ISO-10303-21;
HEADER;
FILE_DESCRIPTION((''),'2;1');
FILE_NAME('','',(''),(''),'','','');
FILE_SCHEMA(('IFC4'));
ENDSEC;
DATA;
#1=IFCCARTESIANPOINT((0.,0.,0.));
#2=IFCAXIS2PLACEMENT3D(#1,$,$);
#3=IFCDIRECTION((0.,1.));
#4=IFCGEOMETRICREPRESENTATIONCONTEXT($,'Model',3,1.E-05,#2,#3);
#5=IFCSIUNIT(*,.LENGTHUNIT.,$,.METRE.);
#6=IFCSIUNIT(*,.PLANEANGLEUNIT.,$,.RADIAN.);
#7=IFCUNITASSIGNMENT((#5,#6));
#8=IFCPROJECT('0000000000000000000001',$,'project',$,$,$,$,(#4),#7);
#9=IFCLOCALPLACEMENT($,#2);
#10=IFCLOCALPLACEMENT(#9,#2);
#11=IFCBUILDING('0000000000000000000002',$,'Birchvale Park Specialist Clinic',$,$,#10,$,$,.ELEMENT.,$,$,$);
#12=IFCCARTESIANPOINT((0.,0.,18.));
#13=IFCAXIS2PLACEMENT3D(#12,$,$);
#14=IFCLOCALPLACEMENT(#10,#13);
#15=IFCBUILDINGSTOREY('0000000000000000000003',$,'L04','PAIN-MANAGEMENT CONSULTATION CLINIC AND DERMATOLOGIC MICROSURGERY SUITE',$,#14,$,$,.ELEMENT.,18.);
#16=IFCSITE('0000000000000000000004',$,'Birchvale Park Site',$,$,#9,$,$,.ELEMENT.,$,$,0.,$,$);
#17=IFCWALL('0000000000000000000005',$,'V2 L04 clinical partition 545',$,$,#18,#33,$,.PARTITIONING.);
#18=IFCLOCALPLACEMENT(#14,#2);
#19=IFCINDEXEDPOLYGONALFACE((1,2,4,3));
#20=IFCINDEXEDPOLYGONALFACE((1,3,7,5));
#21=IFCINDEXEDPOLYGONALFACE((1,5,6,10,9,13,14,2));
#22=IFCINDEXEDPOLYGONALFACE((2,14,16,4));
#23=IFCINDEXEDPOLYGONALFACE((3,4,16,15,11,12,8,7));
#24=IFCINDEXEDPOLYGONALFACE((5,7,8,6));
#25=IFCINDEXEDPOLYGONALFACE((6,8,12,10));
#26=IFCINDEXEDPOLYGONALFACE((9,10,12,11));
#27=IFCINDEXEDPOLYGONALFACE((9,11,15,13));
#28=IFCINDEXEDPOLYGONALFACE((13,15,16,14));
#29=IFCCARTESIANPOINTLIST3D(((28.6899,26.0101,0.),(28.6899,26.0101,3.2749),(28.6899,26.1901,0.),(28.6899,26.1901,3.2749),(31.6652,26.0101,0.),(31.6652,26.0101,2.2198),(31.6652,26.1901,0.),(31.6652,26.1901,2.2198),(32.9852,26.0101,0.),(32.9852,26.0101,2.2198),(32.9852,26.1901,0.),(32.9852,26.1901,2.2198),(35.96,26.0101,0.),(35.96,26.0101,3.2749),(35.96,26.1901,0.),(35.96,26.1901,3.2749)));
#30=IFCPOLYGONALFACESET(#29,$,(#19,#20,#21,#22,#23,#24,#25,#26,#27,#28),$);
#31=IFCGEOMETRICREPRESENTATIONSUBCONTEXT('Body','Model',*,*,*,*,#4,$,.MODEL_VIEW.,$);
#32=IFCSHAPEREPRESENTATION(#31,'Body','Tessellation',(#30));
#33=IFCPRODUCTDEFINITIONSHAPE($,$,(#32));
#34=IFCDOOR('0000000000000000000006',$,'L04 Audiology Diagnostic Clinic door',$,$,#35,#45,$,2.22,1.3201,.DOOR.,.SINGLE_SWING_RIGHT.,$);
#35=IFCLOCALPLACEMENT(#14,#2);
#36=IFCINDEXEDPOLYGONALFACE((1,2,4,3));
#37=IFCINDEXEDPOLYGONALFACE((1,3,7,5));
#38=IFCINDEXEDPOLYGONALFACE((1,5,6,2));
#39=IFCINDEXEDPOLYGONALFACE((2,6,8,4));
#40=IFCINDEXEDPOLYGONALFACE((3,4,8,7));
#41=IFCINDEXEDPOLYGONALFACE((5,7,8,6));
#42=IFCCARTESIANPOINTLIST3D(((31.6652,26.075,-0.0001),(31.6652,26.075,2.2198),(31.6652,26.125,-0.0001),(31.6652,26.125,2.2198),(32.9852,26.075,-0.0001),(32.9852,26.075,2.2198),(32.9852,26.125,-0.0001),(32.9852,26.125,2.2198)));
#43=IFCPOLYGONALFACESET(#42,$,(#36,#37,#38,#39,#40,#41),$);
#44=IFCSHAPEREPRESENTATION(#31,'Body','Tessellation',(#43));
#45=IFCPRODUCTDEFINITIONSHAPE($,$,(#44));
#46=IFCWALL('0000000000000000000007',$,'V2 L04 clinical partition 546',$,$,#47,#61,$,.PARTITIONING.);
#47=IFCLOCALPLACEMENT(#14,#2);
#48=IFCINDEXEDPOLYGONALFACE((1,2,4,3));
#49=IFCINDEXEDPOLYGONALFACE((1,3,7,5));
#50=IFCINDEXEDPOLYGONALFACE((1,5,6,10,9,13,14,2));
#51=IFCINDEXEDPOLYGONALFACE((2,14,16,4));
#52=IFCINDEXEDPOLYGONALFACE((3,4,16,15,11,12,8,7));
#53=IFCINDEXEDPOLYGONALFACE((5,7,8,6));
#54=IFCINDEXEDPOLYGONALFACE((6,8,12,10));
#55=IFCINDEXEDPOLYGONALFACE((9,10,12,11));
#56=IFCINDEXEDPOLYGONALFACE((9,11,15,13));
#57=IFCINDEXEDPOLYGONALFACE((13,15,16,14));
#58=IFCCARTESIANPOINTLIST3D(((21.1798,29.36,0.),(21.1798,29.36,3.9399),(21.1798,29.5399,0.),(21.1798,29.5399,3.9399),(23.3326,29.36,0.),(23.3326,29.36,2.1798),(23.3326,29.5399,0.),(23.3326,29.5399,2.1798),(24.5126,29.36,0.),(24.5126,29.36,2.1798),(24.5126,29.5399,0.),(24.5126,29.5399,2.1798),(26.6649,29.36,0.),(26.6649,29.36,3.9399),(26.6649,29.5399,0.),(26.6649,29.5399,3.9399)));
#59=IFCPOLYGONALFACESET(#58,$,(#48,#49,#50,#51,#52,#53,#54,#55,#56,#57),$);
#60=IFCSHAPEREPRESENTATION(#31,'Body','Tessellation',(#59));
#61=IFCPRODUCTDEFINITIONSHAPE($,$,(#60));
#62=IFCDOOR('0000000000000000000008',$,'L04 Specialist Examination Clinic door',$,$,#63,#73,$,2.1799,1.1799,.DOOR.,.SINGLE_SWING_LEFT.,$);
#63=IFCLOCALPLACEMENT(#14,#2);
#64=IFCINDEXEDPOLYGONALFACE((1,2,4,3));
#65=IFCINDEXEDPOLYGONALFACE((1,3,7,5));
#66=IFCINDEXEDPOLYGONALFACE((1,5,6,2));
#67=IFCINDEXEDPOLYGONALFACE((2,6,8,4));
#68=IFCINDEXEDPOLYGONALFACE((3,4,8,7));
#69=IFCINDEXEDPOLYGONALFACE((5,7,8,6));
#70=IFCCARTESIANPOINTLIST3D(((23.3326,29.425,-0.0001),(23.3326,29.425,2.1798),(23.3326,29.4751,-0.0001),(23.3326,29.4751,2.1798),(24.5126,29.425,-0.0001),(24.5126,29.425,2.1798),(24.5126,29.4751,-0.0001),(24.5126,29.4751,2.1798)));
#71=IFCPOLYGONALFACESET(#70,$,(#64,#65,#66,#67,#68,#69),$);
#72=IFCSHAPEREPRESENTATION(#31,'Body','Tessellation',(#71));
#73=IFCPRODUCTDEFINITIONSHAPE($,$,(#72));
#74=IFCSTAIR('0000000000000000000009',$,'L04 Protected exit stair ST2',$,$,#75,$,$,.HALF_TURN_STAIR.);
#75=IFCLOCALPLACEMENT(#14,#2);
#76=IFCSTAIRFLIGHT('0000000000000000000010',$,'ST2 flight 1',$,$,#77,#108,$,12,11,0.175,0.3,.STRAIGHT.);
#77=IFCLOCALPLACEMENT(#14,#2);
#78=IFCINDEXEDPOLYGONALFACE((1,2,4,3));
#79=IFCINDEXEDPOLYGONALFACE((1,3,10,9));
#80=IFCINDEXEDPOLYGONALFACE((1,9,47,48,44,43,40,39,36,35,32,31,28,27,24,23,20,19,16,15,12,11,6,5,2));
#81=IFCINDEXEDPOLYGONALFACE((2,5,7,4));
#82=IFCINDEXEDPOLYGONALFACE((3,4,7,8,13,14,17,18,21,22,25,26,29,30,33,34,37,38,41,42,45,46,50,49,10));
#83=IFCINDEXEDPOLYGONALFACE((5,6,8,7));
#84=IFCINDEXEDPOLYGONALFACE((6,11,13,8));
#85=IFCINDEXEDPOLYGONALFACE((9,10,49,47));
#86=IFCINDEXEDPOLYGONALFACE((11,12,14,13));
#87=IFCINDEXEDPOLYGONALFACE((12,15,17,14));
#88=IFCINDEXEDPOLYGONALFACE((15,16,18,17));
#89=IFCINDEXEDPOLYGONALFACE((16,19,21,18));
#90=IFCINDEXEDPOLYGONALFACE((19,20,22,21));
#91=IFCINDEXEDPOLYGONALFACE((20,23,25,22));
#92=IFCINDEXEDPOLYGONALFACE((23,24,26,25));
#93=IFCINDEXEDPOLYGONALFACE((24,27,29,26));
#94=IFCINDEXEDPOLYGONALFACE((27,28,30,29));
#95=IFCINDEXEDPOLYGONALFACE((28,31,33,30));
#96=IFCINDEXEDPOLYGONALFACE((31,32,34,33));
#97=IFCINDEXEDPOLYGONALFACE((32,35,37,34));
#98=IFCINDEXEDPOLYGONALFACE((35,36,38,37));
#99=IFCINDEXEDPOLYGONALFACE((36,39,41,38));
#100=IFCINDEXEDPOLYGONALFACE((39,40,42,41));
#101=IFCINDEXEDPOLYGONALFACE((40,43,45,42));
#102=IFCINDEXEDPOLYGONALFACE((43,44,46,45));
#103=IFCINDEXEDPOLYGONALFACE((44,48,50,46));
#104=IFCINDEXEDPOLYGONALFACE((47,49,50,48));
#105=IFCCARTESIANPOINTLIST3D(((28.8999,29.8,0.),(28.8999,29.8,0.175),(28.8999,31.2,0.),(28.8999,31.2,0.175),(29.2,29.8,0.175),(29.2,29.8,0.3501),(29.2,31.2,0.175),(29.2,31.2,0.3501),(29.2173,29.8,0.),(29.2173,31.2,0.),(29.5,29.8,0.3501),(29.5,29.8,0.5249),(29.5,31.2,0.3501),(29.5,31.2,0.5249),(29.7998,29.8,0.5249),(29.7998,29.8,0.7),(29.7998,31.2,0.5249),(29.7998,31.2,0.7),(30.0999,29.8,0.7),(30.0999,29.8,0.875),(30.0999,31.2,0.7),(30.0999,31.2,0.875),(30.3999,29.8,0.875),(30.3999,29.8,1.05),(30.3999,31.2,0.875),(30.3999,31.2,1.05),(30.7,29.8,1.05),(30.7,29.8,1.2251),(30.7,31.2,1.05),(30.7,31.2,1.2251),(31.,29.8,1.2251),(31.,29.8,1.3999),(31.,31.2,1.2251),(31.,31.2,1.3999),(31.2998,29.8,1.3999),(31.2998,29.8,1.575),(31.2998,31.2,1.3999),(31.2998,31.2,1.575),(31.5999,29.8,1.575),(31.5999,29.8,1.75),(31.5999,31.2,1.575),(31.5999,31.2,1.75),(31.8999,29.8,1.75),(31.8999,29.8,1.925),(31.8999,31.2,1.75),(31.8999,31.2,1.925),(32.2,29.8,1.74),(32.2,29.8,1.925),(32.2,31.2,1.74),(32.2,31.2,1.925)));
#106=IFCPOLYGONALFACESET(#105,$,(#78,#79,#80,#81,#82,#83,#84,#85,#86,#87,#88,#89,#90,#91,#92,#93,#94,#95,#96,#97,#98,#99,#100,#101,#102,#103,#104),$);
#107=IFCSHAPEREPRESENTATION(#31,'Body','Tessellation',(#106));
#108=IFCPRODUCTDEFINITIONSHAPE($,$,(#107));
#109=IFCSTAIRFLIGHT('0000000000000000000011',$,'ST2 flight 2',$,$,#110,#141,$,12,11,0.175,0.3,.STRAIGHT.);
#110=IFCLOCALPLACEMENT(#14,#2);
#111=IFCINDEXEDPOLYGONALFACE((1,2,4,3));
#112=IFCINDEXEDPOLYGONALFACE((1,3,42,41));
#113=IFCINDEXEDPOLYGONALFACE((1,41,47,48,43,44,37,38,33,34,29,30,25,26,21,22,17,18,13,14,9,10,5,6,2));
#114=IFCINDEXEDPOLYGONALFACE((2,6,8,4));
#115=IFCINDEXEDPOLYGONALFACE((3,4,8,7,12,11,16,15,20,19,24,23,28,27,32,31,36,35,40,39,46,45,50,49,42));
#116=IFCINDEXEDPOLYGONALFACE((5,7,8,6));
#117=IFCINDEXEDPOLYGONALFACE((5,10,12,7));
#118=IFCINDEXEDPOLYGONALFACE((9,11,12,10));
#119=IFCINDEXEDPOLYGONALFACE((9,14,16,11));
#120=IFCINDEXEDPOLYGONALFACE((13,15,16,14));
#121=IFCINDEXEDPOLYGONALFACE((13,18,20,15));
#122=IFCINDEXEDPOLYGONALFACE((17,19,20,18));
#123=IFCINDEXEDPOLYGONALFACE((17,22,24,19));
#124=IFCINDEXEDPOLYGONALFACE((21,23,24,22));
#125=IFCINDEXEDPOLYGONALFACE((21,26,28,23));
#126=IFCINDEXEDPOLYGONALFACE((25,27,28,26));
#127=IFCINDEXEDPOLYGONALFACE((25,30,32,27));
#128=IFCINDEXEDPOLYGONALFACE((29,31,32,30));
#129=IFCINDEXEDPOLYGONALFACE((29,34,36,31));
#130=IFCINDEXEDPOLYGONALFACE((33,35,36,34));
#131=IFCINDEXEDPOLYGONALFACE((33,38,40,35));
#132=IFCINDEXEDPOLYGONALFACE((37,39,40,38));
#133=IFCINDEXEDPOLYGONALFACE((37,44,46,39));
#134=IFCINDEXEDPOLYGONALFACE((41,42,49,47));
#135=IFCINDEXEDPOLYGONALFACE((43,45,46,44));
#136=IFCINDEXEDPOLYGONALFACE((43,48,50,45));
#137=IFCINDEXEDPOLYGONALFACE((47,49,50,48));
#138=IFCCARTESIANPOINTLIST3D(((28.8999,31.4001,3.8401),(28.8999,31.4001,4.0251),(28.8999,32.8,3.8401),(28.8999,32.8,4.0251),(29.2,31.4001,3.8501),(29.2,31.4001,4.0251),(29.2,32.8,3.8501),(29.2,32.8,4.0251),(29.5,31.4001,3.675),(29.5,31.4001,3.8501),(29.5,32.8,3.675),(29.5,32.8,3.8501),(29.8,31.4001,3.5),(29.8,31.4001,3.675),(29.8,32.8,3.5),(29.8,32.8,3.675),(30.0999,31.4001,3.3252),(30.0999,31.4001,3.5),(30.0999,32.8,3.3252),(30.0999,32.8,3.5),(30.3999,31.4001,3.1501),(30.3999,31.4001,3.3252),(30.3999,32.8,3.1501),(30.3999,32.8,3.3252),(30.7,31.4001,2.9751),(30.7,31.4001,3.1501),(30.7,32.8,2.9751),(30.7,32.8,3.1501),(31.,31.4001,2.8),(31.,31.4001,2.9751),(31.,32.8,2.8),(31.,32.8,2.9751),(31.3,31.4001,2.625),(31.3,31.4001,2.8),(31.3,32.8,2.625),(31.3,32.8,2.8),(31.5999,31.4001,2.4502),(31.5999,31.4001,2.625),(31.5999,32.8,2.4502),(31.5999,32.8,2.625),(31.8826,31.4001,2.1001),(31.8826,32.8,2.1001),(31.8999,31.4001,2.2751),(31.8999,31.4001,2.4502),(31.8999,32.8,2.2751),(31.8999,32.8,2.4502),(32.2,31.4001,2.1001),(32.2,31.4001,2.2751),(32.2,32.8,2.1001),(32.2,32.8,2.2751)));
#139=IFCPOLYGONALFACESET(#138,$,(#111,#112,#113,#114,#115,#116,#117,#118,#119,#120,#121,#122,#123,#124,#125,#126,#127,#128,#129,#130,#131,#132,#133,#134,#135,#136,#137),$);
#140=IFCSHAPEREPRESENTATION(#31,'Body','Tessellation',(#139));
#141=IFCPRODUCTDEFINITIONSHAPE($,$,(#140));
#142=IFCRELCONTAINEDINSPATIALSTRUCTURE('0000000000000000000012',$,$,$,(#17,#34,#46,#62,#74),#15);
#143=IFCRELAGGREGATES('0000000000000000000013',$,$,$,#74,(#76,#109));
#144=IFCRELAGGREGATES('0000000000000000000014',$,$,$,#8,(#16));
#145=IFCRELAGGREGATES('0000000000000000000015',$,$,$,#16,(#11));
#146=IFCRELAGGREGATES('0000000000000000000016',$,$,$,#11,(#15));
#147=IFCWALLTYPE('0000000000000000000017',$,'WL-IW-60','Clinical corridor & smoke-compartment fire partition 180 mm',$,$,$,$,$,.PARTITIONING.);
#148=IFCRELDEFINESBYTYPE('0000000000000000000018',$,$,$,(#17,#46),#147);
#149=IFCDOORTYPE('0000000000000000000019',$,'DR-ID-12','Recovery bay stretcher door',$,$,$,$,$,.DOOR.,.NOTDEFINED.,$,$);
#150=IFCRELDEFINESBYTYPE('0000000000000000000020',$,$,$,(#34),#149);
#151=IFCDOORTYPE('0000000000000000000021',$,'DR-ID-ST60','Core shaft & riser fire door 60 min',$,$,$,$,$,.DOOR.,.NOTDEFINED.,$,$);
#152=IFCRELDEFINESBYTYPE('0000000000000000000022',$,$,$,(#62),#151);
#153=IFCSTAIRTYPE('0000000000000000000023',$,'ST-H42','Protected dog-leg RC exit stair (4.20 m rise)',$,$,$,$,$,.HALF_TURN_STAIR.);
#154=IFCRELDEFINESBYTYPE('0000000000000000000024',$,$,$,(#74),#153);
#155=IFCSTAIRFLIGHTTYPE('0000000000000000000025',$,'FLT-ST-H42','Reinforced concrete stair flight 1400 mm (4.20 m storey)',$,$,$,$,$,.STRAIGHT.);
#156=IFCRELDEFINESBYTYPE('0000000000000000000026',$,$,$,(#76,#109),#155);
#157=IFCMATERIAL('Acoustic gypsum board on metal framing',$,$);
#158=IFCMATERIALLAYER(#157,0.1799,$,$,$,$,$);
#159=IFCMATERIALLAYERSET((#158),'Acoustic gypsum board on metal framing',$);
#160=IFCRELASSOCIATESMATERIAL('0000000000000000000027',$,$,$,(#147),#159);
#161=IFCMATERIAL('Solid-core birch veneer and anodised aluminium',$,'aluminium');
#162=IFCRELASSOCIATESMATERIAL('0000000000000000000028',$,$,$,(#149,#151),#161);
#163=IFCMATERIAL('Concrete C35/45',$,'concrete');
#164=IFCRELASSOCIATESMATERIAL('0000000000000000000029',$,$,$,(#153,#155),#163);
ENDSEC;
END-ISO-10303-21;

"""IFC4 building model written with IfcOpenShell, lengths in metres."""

from ifc_helpers import new_model, si_unit, direction, frame, frame_2d, origin, place, context, subcontext, project, spatial, polyline, rectangle, outline, extrude, material, layer, layer_set, type_object, element, fill, aggregate, save


model = new_model("IFC4")

# Units and contexts
model_context = context("Model", 3, precision=1e-05, world=origin(), true_north=direction((0.0, 1.0)))
body_context = subcontext(model_context, "Body", "Model", "MODEL_VIEW")
ifc_project = project(units=[si_unit("LENGTHUNIT", "METRE"), si_unit("PLANEANGLEUNIT", "RADIAN")], contexts=[model_context])

# Site, building, storey
site_placement = place(None, origin())
site = spatial("IfcSite", under=ifc_project, at=site_placement, Name="Birchvale Park Site", CompositionType="ELEMENT", RefElevation=0.0)
building_placement = place(site_placement, origin())
building = spatial("IfcBuilding", under=site, at=building_placement, Name="Birchvale Park Specialist Clinic", CompositionType="ELEMENT")
storey_placement = place(building_placement, frame((0.0, 0.0, 18.0)))
storey = spatial("IfcBuildingStorey", under=building, at=storey_placement, Name="L04", Description="PAIN-MANAGEMENT CONSULTATION CLINIC AND DERMATOLOGIC MICROSURGERY SUITE", CompositionType="ELEMENT", Elevation=18.0)

# Shared definitions
ifc_material_1 = material(Name="Solid-core birch veneer and anodised aluminium", Category="aluminium")

# Walls, openings, doors
ifc_material_2 = material(Name="Acoustic gypsum board on metal framing")
ifc_layer_1 = layer(ifc_material_2, 0.1799)
ifc_layer_set_1 = layer_set([ifc_layer_1], Name="Acoustic gypsum board on metal framing")
wall_type_1 = type_object("IfcWallType", Name="WL-IW-60", Description="Clinical corridor & smoke-compartment fire partition 180 mm", PredefinedType="PARTITIONING", material=ifc_layer_set_1)
wall_1_placement = place(storey_placement, frame((28.6899, 26.1001, 0.0), z_axis=(0.0, 0.0, 1.0), x_axis=(1.0, 0.0, 0.0)))
wall_1 = element("IfcWall", 1, at=wall_1_placement, inside=storey, type_object=wall_type_1, Name="V2 L04 clinical partition 545", PredefinedType="PARTITIONING", context=body_context, shape_type="SweptSolid", body=[
    extrude(rectangle(XDim=7.27, YDim=0.1799, at=frame_2d((3.635, 0.0))), origin(), (0.0, 0.0, 1.0), 3.2749),
])
opening_1_placement = place(wall_1_placement, frame((2.9751, 0.0, 0.0)))
opening_1 = element("IfcOpeningElement", 2, at=opening_1_placement, cuts=wall_1, PredefinedType="OPENING", context=body_context, shape_type="SweptSolid", body=[
    extrude(rectangle(XDim=1.3201, YDim=2.22, at=frame_2d((0.6602, 1.1099))), frame((0.0, 0.1001, 0.0), z_axis=(0.0, -1.0, 0.0), x_axis=(1.0, 0.0, 0.0)), (0.0, 0.0, 1.0), 0.2),
])
door_type_1 = type_object("IfcDoorType", Name="DR-ID-12", Description="Recovery bay stretcher door", OperationType="NOTDEFINED", PredefinedType="DOOR", material=ifc_material_1)
door_1_placement = place(opening_1_placement, origin())
door_1 = element("IfcDoor", 3, at=door_1_placement, inside=storey, type_object=door_type_1, Name="L04 Audiology Diagnostic Clinic door", OperationType="SINGLE_SWING_RIGHT", OverallHeight=2.22, OverallWidth=1.3201, PredefinedType="DOOR", context=body_context, shape_type="SweptSolid", body=[
    extrude(rectangle(XDim=1.3201, YDim=2.22, at=frame_2d((0.6602, 1.1099))), frame((0.0, 0.0249, 0.0), z_axis=(0.0, -1.0, 0.0), x_axis=(1.0, 0.0, 0.0)), (0.0, 0.0, 1.0), 0.05),
])
fill(opening_1, door_1)
wall_2_placement = place(storey_placement, frame((26.665, 29.45, 0.0), z_axis=(0.0, 0.0, 1.0), x_axis=(-1.0, 0.0, 0.0)))
wall_2 = element("IfcWall", 4, at=wall_2_placement, inside=storey, type_object=wall_type_1, Name="V2 L04 clinical partition 546", PredefinedType="PARTITIONING", context=body_context, shape_type="SweptSolid", body=[
    extrude(rectangle(XDim=5.4851, YDim=0.1799, at=frame_2d((2.7427, 0.0))), origin(), (0.0, 0.0, 1.0), 3.9399),
])
opening_2_placement = place(wall_2_placement, frame((2.1526, 0.0, 0.0)))
opening_2 = element("IfcOpeningElement", 5, at=opening_2_placement, cuts=wall_2, PredefinedType="OPENING", context=body_context, shape_type="SweptSolid", body=[
    extrude(rectangle(XDim=1.1799, YDim=2.1799, at=frame_2d((0.5898, 1.0898))), frame((0.0, 0.1001, 0.0), z_axis=(0.0, -1.0, 0.0), x_axis=(1.0, 0.0, 0.0)), (0.0, 0.0, 1.0), 0.2),
])
door_type_2 = type_object("IfcDoorType", Name="DR-ID-ST60", Description="Core shaft & riser fire door 60 min", OperationType="NOTDEFINED", PredefinedType="DOOR", material=ifc_material_1)
door_2_placement = place(opening_2_placement, origin())
door_2 = element("IfcDoor", 6, at=door_2_placement, inside=storey, type_object=door_type_2, Name="L04 Specialist Examination Clinic door", OperationType="SINGLE_SWING_LEFT", OverallHeight=2.1799, OverallWidth=1.1799, PredefinedType="DOOR", context=body_context, shape_type="SweptSolid", body=[
    extrude(rectangle(XDim=1.1799, YDim=2.1799, at=frame_2d((0.5898, 1.0898))), frame((0.0, 0.0249, 0.0), z_axis=(0.0, -1.0, 0.0), x_axis=(1.0, 0.0, 0.0)), (0.0, 0.0, 1.0), 0.05),
])
fill(opening_2, door_2)

# Stair, stair flights
ifc_material_3 = material(Name="Concrete C35/45", Category="concrete")
stair_type = type_object("IfcStairType", Name="ST-H42", Description="Protected dog-leg RC exit stair (4.20 m rise)", PredefinedType="HALF_TURN_STAIR", material=ifc_material_3)
stair_placement = place(storey_placement, origin())
stair = element("IfcStair", 7, at=stair_placement, inside=storey, type_object=stair_type, Name="L04 Protected exit stair ST2", PredefinedType="HALF_TURN_STAIR")
stair_flight_type = type_object("IfcStairFlightType", Name="FLT-ST-H42", Description="Reinforced concrete stair flight 1400 mm (4.20 m storey)", PredefinedType="STRAIGHT", material=ifc_material_3)
stair_flight_1_placement = place(storey_placement, frame((28.8999, 30.5, 0.0), z_axis=(0.0, 0.0, 1.0), x_axis=(1.0, 0.0, 0.0)))
stair_flight_1 = element("IfcStairFlight", 8, at=stair_flight_1_placement, type_object=stair_flight_type, Name="ST2 flight 1", NumberOfRisers=12, NumberOfTreads=11, PredefinedType="STRAIGHT", RiserHeight=0.175, TreadLength=0.3, context=body_context, shape_type="SweptSolid", body=[
    extrude(outline(polyline([(0.0, 0.0), (0.0, 0.175), (0.3, 0.175), (0.3, 0.3501), (0.6001, 0.3501), (0.6001, 0.5249), (0.8999, 0.5249), (0.8999, 0.7), (1.2, 0.7), (1.2, 0.875), (1.5, 0.875), (1.5, 1.05), (1.8, 1.05), (1.8, 1.2251), (2.1001, 1.2251), (2.1001, 1.3999), (2.3999, 1.3999), (2.3999, 1.575), (2.7, 1.575), (2.7, 1.75), (3.0, 1.75), (3.0, 1.925), (3.3, 1.925), (3.3, 2.1001), (3.3, 1.74), (0.3174, 0.0), (0.0, 0.0)])), frame((0.0, 0.7, 0.0), z_axis=(0.0, -1.0, 0.0), x_axis=(1.0, 0.0, 0.0)), (0.0, 0.0, 1.0), 1.3999),
])
stair_flight_2_placement = place(storey_placement, frame((32.2, 32.1001, 2.1001), z_axis=(0.0, 0.0, 1.0), x_axis=(-1.0, 0.0, 0.0)))
stair_flight_2 = element("IfcStairFlight", 9, at=stair_flight_2_placement, type_object=stair_flight_type, Name="ST2 flight 2", NumberOfRisers=12, NumberOfTreads=11, PredefinedType="STRAIGHT", RiserHeight=0.175, TreadLength=0.3, context=body_context, shape_type="SweptSolid", body=[
    extrude(outline(polyline([(0.0, 0.0), (0.0, 0.175), (0.3, 0.175), (0.3, 0.3501), (0.6001, 0.3501), (0.6001, 0.5249), (0.8999, 0.5249), (0.8999, 0.7), (1.2, 0.7), (1.2, 0.875), (1.5, 0.875), (1.5, 1.05), (1.8, 1.05), (1.8, 1.2251), (2.1001, 1.2251), (2.1001, 1.3999), (2.3999, 1.3999), (2.3999, 1.575), (2.7, 1.575), (2.7, 1.75), (3.0, 1.75), (3.0, 1.925), (3.3, 1.925), (3.3, 2.1001), (3.3, 1.74), (0.3174, 0.0), (0.0, 0.0)])), frame((0.0, 0.7, 0.0), z_axis=(0.0, -1.0, 0.0), x_axis=(1.0, 0.0, 0.0)), (0.0, 0.0, 1.0), 1.3999),
])
aggregate(stair, [stair_flight_1, stair_flight_2])

save(model, "model.ifc")
